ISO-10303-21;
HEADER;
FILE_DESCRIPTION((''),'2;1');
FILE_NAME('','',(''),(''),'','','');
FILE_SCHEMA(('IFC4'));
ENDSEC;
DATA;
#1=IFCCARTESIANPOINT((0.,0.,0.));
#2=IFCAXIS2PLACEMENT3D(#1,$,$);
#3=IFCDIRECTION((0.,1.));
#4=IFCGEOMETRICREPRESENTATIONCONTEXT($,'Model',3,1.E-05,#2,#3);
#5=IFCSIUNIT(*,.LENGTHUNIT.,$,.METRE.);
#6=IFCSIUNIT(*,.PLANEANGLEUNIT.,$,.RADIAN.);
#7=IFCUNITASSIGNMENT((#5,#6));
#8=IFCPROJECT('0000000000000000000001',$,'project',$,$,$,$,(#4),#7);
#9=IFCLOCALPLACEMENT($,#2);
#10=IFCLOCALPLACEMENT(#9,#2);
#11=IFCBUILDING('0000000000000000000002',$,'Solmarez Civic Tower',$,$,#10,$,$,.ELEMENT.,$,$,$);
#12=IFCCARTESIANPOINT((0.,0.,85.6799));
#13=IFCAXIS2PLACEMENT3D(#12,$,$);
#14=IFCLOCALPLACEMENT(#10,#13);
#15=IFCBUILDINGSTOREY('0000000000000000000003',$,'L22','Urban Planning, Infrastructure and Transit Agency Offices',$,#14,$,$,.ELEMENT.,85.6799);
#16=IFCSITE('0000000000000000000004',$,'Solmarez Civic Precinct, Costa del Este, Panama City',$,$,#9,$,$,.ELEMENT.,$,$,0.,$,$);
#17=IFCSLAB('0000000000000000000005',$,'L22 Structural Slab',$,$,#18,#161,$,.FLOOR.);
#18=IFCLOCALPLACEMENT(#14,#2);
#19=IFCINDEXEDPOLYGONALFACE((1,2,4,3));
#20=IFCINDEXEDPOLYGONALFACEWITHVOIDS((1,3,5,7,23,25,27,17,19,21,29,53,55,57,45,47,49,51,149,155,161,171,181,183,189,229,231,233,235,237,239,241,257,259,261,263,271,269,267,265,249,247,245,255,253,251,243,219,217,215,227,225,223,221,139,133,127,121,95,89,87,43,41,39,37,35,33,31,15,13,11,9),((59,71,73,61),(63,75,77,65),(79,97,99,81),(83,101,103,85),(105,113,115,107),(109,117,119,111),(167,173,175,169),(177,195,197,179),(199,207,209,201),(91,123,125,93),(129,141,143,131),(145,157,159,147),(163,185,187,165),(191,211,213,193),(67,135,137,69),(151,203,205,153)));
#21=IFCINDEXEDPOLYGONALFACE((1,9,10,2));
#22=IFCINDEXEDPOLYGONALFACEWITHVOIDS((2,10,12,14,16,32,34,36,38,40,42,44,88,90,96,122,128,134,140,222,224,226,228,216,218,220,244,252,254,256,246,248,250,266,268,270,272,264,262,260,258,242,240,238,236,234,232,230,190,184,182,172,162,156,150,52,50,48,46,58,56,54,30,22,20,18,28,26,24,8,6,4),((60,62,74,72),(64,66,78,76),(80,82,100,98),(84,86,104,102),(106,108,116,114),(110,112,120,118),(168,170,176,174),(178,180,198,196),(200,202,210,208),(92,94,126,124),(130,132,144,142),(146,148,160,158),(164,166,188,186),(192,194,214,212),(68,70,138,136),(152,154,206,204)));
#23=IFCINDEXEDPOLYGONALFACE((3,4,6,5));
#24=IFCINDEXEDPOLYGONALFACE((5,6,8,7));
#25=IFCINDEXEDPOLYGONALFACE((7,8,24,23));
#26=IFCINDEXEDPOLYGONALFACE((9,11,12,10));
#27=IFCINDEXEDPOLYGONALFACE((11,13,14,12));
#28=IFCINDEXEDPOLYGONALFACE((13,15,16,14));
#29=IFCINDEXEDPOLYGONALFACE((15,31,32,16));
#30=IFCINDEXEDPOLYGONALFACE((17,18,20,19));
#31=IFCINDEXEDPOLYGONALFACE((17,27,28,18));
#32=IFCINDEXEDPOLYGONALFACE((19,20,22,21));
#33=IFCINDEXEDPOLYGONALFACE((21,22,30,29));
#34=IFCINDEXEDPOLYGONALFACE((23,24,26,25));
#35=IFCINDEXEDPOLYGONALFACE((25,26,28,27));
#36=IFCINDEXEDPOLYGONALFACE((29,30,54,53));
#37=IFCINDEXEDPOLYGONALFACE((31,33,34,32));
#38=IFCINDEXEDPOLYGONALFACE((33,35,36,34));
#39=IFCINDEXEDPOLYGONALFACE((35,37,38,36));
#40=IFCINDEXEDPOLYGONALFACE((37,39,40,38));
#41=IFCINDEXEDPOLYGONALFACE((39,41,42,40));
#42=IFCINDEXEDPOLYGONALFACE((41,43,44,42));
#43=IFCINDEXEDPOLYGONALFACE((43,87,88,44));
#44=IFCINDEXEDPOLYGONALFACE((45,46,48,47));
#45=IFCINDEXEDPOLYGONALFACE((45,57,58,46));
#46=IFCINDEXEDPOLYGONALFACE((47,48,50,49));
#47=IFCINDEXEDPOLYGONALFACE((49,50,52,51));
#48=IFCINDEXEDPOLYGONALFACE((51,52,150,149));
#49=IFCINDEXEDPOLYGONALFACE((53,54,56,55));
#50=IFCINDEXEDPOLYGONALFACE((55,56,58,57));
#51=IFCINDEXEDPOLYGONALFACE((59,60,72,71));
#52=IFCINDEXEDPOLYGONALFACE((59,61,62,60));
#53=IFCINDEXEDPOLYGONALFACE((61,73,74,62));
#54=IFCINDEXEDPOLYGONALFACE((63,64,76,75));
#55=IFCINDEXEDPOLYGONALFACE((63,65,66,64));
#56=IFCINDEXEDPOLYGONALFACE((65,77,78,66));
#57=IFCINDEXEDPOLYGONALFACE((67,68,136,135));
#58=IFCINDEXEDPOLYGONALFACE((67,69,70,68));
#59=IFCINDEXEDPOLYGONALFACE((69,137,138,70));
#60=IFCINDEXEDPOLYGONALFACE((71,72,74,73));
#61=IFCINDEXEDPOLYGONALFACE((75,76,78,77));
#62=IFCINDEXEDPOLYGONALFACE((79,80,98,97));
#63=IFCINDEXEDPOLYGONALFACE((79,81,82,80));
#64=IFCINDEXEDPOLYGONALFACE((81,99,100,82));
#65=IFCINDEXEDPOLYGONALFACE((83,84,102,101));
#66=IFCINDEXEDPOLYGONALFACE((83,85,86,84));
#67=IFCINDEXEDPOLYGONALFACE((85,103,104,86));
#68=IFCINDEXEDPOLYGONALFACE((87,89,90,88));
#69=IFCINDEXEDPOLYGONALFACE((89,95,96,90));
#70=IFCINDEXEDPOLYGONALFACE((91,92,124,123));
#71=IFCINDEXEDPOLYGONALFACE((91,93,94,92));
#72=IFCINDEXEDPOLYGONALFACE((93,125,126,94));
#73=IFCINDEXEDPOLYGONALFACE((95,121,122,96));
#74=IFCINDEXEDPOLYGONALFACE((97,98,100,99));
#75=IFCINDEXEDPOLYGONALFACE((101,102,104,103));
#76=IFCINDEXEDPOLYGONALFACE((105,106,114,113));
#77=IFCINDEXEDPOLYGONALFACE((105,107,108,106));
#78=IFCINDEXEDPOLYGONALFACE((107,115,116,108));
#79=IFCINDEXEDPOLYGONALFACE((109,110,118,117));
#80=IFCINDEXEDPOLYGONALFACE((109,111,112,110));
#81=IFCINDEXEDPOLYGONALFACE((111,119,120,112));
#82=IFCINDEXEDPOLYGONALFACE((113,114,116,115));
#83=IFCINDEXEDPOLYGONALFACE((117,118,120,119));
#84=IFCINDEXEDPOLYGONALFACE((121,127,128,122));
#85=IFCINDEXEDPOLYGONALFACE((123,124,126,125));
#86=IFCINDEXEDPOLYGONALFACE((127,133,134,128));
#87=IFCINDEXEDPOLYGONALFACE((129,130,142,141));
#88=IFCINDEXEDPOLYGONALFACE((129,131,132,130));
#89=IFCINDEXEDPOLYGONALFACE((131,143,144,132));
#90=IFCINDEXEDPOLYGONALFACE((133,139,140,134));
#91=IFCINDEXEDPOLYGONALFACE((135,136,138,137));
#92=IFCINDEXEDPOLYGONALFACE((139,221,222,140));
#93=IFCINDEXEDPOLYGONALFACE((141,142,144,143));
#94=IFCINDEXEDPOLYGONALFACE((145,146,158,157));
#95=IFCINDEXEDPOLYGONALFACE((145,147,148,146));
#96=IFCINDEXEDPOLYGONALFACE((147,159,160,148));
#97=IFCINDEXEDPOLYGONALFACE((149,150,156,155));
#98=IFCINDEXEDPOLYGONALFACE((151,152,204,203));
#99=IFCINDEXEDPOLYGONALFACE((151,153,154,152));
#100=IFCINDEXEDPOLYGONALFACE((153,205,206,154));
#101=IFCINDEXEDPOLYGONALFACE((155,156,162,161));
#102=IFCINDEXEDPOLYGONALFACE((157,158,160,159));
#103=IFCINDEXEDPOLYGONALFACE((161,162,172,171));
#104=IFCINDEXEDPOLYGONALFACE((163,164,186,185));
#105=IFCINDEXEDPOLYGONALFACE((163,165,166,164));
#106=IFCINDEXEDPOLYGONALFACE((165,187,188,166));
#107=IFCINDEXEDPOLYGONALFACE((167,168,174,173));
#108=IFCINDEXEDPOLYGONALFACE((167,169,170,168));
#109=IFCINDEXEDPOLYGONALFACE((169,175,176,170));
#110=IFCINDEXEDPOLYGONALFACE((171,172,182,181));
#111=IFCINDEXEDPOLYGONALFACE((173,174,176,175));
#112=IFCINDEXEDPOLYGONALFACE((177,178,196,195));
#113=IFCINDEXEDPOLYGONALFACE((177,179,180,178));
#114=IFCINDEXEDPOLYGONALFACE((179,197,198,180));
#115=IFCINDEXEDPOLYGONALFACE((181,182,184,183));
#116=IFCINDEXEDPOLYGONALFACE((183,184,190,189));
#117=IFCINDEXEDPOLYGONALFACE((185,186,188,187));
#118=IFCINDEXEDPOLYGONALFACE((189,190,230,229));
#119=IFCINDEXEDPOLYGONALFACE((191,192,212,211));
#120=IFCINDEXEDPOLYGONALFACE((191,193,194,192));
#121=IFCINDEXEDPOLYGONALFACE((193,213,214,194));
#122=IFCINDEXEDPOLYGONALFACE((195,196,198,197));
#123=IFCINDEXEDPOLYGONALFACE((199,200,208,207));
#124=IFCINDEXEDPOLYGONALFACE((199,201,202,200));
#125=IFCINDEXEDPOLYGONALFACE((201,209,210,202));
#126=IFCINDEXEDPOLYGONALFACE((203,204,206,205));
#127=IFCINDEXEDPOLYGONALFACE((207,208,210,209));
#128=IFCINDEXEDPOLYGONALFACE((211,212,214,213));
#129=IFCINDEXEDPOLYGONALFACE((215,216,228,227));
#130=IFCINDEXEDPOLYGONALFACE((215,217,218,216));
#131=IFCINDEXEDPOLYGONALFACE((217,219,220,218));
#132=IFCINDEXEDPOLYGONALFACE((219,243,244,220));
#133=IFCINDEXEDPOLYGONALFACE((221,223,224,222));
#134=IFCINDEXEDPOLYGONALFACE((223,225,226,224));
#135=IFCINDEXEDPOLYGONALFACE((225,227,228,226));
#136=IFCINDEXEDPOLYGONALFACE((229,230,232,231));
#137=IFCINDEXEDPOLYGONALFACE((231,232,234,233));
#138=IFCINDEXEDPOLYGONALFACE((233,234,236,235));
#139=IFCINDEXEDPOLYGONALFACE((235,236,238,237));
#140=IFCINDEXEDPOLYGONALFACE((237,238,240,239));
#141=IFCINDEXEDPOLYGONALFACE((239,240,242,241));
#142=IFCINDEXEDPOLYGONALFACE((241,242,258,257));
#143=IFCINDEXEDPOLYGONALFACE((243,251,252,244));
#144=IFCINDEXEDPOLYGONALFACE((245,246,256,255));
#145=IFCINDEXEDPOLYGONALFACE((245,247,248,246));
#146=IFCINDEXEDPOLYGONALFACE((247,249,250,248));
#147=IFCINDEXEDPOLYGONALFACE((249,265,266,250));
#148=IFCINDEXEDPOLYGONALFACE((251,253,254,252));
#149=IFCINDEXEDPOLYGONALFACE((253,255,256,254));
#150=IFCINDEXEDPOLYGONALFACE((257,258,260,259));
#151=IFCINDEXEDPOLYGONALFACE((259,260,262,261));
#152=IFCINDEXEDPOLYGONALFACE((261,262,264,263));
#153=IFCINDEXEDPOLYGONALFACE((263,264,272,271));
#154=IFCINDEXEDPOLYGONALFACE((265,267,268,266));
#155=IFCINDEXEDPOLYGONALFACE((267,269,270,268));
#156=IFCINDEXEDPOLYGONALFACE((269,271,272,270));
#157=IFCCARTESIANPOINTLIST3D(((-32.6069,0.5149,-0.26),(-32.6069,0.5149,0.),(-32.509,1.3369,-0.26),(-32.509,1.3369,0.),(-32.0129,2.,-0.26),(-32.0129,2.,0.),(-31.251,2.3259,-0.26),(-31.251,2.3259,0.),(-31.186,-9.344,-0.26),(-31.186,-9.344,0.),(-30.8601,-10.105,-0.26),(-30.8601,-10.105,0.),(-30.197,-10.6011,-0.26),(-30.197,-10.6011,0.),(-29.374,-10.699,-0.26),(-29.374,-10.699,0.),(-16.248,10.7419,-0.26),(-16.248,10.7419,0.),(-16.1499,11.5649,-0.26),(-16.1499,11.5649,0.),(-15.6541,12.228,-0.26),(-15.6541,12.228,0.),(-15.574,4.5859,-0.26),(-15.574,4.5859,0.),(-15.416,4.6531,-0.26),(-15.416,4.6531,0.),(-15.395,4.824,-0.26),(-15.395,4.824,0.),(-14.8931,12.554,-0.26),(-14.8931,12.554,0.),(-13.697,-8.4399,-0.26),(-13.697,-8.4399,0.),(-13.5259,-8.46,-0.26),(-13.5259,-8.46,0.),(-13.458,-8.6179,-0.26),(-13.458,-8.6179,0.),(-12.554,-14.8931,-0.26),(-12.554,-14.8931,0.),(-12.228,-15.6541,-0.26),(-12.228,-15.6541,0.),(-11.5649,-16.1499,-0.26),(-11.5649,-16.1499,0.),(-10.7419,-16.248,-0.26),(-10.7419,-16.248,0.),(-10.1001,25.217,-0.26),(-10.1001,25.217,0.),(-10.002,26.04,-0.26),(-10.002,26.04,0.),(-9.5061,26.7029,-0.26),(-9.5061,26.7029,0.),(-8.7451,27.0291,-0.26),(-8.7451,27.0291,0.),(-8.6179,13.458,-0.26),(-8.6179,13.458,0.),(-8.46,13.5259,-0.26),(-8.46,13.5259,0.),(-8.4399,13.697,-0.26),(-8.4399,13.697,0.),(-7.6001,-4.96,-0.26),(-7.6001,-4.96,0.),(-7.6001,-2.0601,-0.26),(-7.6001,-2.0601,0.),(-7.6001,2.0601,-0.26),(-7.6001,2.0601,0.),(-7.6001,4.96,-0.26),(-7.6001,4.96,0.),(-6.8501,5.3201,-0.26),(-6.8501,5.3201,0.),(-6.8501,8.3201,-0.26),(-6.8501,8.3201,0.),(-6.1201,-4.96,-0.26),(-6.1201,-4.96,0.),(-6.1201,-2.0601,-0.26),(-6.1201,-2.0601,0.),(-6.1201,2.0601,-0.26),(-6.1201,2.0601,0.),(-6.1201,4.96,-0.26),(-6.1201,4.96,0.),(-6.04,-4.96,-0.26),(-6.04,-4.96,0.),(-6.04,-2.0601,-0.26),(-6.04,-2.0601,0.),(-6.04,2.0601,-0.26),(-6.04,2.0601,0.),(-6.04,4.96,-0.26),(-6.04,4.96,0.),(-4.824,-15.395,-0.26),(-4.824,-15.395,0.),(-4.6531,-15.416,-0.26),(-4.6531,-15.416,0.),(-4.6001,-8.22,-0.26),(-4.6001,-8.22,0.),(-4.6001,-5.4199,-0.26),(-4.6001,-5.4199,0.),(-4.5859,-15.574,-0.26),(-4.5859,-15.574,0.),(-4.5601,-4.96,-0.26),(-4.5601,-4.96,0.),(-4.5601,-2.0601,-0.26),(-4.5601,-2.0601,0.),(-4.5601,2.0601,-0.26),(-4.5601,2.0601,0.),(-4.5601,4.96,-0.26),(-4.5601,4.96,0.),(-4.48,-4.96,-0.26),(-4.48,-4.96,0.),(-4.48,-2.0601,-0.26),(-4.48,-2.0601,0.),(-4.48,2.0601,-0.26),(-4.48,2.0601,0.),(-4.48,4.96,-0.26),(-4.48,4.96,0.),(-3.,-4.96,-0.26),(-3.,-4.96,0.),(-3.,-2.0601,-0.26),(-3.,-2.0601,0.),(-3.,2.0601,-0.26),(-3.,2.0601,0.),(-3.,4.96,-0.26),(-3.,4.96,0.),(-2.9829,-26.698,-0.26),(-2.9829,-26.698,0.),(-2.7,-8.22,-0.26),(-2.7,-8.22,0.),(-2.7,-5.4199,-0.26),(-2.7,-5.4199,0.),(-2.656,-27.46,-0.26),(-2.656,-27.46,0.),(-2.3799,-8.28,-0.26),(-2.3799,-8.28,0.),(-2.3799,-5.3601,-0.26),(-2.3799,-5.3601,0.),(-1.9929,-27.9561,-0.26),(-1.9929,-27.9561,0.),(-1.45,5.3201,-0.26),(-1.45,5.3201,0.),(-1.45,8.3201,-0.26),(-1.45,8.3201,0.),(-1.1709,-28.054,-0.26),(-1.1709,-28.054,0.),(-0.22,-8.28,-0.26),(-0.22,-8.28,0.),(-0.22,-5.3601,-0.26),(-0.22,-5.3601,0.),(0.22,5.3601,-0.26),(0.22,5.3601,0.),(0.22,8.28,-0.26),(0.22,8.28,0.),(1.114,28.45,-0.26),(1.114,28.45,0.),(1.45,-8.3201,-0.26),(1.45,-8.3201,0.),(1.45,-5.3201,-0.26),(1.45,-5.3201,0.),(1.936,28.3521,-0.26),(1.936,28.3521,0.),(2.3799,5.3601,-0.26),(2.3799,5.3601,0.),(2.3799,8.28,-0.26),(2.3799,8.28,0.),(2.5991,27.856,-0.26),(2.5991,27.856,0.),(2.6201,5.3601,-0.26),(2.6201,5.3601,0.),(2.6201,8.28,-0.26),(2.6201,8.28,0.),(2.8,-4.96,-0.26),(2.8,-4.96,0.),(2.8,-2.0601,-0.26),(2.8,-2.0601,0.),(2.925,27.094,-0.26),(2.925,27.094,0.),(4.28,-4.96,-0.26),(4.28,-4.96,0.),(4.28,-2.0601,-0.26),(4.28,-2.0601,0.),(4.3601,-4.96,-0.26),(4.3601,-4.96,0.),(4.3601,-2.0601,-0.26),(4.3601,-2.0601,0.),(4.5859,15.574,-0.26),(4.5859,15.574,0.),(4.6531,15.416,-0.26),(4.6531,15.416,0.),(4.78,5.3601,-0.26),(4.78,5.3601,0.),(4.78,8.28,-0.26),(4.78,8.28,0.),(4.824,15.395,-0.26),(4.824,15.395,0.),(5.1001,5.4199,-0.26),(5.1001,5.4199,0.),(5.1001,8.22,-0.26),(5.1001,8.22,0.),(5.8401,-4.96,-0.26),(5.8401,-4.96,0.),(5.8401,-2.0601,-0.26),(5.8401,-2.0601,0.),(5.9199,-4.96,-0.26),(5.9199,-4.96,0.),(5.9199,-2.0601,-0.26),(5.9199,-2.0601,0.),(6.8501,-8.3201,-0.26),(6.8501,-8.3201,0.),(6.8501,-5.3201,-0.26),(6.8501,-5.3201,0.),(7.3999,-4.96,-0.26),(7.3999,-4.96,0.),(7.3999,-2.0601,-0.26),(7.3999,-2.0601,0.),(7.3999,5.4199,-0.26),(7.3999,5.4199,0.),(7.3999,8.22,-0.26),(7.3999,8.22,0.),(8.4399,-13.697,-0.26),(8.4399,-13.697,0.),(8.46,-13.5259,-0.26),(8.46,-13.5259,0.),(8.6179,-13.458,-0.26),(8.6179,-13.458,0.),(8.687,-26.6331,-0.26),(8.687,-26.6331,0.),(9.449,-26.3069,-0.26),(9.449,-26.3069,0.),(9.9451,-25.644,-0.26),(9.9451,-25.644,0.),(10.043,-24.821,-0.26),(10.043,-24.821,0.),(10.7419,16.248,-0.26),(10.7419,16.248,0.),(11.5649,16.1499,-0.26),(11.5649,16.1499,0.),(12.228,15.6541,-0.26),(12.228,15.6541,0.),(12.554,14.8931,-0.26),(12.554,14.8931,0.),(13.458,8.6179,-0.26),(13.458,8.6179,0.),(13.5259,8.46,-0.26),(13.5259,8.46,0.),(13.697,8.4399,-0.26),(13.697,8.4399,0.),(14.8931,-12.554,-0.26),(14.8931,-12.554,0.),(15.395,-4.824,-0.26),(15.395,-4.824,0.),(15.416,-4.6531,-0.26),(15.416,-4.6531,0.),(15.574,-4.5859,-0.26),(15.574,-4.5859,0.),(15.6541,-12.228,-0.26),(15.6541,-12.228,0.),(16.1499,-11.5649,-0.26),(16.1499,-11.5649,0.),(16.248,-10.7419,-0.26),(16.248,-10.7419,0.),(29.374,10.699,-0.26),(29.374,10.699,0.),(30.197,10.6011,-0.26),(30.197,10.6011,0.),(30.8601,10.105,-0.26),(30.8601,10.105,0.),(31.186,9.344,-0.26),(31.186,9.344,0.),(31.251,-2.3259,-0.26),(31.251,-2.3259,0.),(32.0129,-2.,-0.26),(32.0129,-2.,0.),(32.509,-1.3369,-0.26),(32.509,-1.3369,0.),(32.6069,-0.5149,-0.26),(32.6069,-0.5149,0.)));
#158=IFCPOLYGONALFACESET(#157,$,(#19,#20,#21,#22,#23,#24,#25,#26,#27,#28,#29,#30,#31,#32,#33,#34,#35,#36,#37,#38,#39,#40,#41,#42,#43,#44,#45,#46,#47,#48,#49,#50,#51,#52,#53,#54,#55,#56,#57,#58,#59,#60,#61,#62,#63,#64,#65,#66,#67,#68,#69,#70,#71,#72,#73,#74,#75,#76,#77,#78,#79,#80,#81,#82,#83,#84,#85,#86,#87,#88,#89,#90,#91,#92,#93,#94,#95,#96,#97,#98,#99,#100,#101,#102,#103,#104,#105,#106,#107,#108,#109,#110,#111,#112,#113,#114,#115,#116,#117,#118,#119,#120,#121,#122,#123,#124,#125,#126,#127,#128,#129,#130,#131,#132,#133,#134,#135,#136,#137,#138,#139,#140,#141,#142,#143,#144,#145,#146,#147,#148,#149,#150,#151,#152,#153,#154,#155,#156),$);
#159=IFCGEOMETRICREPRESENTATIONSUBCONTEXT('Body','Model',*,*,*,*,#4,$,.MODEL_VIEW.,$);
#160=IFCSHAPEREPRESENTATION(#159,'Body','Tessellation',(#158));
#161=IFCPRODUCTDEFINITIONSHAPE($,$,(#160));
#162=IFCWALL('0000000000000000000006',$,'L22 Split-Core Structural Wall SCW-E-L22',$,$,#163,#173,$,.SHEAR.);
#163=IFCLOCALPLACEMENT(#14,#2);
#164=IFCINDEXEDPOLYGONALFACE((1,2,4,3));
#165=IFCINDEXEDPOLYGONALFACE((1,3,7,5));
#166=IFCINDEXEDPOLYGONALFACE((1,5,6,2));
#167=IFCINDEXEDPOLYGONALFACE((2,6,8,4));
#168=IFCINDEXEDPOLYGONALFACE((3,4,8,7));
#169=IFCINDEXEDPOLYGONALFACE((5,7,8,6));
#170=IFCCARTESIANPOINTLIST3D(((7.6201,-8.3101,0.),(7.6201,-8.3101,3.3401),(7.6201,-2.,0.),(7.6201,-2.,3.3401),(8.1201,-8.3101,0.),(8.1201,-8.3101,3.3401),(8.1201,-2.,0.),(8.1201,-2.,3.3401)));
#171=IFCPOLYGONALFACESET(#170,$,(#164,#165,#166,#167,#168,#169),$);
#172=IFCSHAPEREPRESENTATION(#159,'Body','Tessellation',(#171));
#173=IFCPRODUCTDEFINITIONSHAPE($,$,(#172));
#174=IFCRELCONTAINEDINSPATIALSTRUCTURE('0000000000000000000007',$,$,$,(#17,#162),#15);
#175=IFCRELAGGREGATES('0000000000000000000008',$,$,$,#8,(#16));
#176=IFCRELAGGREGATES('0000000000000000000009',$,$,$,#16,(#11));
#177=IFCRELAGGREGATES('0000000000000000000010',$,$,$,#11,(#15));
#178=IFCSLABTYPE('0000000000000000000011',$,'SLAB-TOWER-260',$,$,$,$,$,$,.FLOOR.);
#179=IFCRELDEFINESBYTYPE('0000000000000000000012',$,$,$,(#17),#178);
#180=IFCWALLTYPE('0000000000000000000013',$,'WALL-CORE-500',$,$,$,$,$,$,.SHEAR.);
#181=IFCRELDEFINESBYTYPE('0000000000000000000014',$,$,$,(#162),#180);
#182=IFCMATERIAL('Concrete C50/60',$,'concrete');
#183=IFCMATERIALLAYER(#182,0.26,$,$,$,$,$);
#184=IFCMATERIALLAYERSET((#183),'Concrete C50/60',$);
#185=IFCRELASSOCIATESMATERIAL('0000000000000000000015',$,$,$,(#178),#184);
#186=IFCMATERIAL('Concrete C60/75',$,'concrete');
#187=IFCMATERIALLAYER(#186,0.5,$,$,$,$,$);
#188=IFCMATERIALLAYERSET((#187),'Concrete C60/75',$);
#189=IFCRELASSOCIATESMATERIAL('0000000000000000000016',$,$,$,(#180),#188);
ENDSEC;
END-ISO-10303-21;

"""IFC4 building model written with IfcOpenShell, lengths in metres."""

from ifc_helpers import new_model, si_unit, direction, frame, frame_2d, origin, place, context, subcontext, project, spatial, polyline, rectangle, outline, extrude, material, layer, layer_set, type_object, element, save


model = new_model("IFC4")

# Units and contexts
model_context = context("Model", 3, precision=1e-05, world=origin(), true_north=direction((0.0, 1.0)))
body_context = subcontext(model_context, "Body", "Model", "MODEL_VIEW")
ifc_project = project(units=[si_unit("LENGTHUNIT", "METRE"), si_unit("PLANEANGLEUNIT", "RADIAN")], contexts=[model_context])

# Site, building, storey
site_placement = place(None, origin())
site = spatial("IfcSite", under=ifc_project, at=site_placement, Name="Solmarez Civic Precinct, Costa del Este, Panama City", CompositionType="ELEMENT", RefElevation=0.0)
building_placement = place(site_placement, origin())
building = spatial("IfcBuilding", under=site, at=building_placement, Name="Solmarez Civic Tower", CompositionType="ELEMENT")
storey_placement = place(building_placement, frame((0.0, 0.0, 85.6799)))
storey = spatial("IfcBuildingStorey", under=building, at=storey_placement, Name="L22", Description="Urban Planning, Infrastructure and Transit Agency Offices", CompositionType="ELEMENT", Elevation=85.6799)

# Shared definitions
ifc_material_1 = material(Name="Concrete C50/60", Category="concrete")

# Slab
ifc_layer_1 = layer(ifc_material_1, 0.26)
ifc_layer_set_1 = layer_set([ifc_layer_1], Name="Concrete C50/60")
slab_type = type_object("IfcSlabType", Name="SLAB-TOWER-260", PredefinedType="FLOOR", material=ifc_layer_set_1)
slab_placement = place(storey_placement, frame((0.0, 0.0, -0.26)))
element("IfcSlab", 1, at=slab_placement, inside=storey, type_object=slab_type, Name="L22 Structural Slab", PredefinedType="FLOOR", context=body_context, shape_type="SweptSolid", body=[
    extrude(outline(polyline([(-13.458, -8.6179), (-12.554, -14.8931), (-12.228, -15.6541), (-11.5649, -16.1499), (-10.7419, -16.248), (-4.824, -15.395), (-4.6531, -15.416), (-4.5859, -15.574), (-2.9829, -26.698), (-2.656, -27.46), (-1.9929, -27.9561), (-1.1709, -28.054), (8.687, -26.6331), (9.449, -26.3069), (9.9451, -25.644), (10.043, -24.821), (8.4399, -13.697), (8.46, -13.5259), (8.6179, -13.458), (14.8931, -12.554), (15.6541, -12.228), (16.1499, -11.5649), (16.248, -10.7419), (15.395, -4.824), (15.416, -4.6531), (15.574, -4.5859), (31.251, -2.3259), (32.0129, -2.0), (32.509, -1.3369), (32.6069, -0.5149), (31.186, 9.344), (30.8601, 10.105), (30.197, 10.6011), (29.374, 10.699), (13.697, 8.4399), (13.5259, 8.46), (13.458, 8.6179), (12.554, 14.8931), (12.228, 15.6541), (11.5649, 16.1499), (10.7419, 16.248), (4.824, 15.395), (4.6531, 15.416), (4.5859, 15.574), (2.925, 27.094), (2.5991, 27.856), (1.936, 28.3521), (1.114, 28.45), (-8.7451, 27.0291), (-9.5061, 26.7029), (-10.002, 26.04), (-10.1001, 25.217), (-8.4399, 13.697), (-8.46, 13.5259), (-8.6179, 13.458), (-14.8931, 12.554), (-15.6541, 12.228), (-16.1499, 11.5649), (-16.248, 10.7419), (-15.395, 4.824), (-15.416, 4.6531), (-15.574, 4.5859), (-31.251, 2.3259), (-32.0129, 2.0), (-32.509, 1.3369), (-32.6069, 0.5149), (-31.186, -9.344), (-30.8601, -10.105), (-30.197, -10.6011), (-29.374, -10.699), (-13.697, -8.4399), (-13.5259, -8.46), (-13.458, -8.6179)]), holes=[polyline([(-1.45, 8.3201), (-6.8501, 8.3201), (-6.8501, 5.3201), (-1.45, 5.3201), (-1.45, 8.3201)]), polyline([(1.45, -8.3201), (6.8501, -8.3201), (6.8501, -5.3201), (1.45, -5.3201), (1.45, -8.3201)]), polyline([(0.22, 5.3601), (2.3799, 5.3601), (2.3799, 8.28), (0.22, 8.28), (0.22, 5.3601)]), polyline([(2.6201, 5.3601), (4.78, 5.3601), (4.78, 8.28), (2.6201, 8.28), (2.6201, 5.3601)]), polyline([(-2.3799, -8.28), (-0.22, -8.28), (-0.22, -5.3601), (-2.3799, -5.3601), (-2.3799, -8.28)]), polyline([(2.8, -4.96), (4.28, -4.96), (4.28, -2.0601), (2.8, -2.0601), (2.8, -4.96)]), polyline([(4.3601, -4.96), (5.8401, -4.96), (5.8401, -2.0601), (4.3601, -2.0601), (4.3601, -4.96)]), polyline([(5.9199, -4.96), (7.3999, -4.96), (7.3999, -2.0601), (5.9199, -2.0601), (5.9199, -4.96)]), polyline([(-7.6001, -4.96), (-6.1201, -4.96), (-6.1201, -2.0601), (-7.6001, -2.0601), (-7.6001, -4.96)]), polyline([(-6.04, -4.96), (-4.5601, -4.96), (-4.5601, -2.0601), (-6.04, -2.0601), (-6.04, -4.96)]), polyline([(-4.48, -4.96), (-3.0, -4.96), (-3.0, -2.0601), (-4.48, -2.0601), (-4.48, -4.96)]), polyline([(-7.6001, 2.0601), (-6.1201, 2.0601), (-6.1201, 4.96), (-7.6001, 4.96), (-7.6001, 2.0601)]), polyline([(-6.04, 2.0601), (-4.5601, 2.0601), (-4.5601, 4.96), (-6.04, 4.96), (-6.04, 2.0601)]), polyline([(-4.48, 2.0601), (-3.0, 2.0601), (-3.0, 4.96), (-4.48, 4.96), (-4.48, 2.0601)]), polyline([(5.1001, 5.4199), (7.3999, 5.4199), (7.3999, 8.22), (5.1001, 8.22), (5.1001, 5.4199)]), polyline([(-4.6001, -8.22), (-2.7, -8.22), (-2.7, -5.4199), (-4.6001, -5.4199), (-4.6001, -8.22)])]), origin(), (0.0, 0.0, 1.0), 0.26),
])

# Wall
ifc_material_2 = material(Name="Concrete C60/75", Category="concrete")
ifc_layer_2 = layer(ifc_material_2, 0.5)
ifc_layer_set_2 = layer_set([ifc_layer_2], Name="Concrete C60/75")
wall_type_1 = type_object("IfcWallType", Name="WALL-CORE-500", PredefinedType="SHEAR", material=ifc_layer_set_2)
wall_1_placement = place(storey_placement, frame((7.8701, -2.0, 0.0), z_axis=(0.0, 0.0, 1.0), x_axis=(0.0, -1.0, 0.0)))
element("IfcWall", 2, at=wall_1_placement, inside=storey, type_object=wall_type_1, Name="L22 Split-Core Structural Wall SCW-E-L22", PredefinedType="SHEAR", context=body_context, shape_type="SweptSolid", body=[
    extrude(rectangle(XDim=6.3101, YDim=0.5, at=frame_2d((3.155, 0.0))), origin(), (0.0, 0.0, 1.0), 3.3401),
])

save(model, "model.ifc")
